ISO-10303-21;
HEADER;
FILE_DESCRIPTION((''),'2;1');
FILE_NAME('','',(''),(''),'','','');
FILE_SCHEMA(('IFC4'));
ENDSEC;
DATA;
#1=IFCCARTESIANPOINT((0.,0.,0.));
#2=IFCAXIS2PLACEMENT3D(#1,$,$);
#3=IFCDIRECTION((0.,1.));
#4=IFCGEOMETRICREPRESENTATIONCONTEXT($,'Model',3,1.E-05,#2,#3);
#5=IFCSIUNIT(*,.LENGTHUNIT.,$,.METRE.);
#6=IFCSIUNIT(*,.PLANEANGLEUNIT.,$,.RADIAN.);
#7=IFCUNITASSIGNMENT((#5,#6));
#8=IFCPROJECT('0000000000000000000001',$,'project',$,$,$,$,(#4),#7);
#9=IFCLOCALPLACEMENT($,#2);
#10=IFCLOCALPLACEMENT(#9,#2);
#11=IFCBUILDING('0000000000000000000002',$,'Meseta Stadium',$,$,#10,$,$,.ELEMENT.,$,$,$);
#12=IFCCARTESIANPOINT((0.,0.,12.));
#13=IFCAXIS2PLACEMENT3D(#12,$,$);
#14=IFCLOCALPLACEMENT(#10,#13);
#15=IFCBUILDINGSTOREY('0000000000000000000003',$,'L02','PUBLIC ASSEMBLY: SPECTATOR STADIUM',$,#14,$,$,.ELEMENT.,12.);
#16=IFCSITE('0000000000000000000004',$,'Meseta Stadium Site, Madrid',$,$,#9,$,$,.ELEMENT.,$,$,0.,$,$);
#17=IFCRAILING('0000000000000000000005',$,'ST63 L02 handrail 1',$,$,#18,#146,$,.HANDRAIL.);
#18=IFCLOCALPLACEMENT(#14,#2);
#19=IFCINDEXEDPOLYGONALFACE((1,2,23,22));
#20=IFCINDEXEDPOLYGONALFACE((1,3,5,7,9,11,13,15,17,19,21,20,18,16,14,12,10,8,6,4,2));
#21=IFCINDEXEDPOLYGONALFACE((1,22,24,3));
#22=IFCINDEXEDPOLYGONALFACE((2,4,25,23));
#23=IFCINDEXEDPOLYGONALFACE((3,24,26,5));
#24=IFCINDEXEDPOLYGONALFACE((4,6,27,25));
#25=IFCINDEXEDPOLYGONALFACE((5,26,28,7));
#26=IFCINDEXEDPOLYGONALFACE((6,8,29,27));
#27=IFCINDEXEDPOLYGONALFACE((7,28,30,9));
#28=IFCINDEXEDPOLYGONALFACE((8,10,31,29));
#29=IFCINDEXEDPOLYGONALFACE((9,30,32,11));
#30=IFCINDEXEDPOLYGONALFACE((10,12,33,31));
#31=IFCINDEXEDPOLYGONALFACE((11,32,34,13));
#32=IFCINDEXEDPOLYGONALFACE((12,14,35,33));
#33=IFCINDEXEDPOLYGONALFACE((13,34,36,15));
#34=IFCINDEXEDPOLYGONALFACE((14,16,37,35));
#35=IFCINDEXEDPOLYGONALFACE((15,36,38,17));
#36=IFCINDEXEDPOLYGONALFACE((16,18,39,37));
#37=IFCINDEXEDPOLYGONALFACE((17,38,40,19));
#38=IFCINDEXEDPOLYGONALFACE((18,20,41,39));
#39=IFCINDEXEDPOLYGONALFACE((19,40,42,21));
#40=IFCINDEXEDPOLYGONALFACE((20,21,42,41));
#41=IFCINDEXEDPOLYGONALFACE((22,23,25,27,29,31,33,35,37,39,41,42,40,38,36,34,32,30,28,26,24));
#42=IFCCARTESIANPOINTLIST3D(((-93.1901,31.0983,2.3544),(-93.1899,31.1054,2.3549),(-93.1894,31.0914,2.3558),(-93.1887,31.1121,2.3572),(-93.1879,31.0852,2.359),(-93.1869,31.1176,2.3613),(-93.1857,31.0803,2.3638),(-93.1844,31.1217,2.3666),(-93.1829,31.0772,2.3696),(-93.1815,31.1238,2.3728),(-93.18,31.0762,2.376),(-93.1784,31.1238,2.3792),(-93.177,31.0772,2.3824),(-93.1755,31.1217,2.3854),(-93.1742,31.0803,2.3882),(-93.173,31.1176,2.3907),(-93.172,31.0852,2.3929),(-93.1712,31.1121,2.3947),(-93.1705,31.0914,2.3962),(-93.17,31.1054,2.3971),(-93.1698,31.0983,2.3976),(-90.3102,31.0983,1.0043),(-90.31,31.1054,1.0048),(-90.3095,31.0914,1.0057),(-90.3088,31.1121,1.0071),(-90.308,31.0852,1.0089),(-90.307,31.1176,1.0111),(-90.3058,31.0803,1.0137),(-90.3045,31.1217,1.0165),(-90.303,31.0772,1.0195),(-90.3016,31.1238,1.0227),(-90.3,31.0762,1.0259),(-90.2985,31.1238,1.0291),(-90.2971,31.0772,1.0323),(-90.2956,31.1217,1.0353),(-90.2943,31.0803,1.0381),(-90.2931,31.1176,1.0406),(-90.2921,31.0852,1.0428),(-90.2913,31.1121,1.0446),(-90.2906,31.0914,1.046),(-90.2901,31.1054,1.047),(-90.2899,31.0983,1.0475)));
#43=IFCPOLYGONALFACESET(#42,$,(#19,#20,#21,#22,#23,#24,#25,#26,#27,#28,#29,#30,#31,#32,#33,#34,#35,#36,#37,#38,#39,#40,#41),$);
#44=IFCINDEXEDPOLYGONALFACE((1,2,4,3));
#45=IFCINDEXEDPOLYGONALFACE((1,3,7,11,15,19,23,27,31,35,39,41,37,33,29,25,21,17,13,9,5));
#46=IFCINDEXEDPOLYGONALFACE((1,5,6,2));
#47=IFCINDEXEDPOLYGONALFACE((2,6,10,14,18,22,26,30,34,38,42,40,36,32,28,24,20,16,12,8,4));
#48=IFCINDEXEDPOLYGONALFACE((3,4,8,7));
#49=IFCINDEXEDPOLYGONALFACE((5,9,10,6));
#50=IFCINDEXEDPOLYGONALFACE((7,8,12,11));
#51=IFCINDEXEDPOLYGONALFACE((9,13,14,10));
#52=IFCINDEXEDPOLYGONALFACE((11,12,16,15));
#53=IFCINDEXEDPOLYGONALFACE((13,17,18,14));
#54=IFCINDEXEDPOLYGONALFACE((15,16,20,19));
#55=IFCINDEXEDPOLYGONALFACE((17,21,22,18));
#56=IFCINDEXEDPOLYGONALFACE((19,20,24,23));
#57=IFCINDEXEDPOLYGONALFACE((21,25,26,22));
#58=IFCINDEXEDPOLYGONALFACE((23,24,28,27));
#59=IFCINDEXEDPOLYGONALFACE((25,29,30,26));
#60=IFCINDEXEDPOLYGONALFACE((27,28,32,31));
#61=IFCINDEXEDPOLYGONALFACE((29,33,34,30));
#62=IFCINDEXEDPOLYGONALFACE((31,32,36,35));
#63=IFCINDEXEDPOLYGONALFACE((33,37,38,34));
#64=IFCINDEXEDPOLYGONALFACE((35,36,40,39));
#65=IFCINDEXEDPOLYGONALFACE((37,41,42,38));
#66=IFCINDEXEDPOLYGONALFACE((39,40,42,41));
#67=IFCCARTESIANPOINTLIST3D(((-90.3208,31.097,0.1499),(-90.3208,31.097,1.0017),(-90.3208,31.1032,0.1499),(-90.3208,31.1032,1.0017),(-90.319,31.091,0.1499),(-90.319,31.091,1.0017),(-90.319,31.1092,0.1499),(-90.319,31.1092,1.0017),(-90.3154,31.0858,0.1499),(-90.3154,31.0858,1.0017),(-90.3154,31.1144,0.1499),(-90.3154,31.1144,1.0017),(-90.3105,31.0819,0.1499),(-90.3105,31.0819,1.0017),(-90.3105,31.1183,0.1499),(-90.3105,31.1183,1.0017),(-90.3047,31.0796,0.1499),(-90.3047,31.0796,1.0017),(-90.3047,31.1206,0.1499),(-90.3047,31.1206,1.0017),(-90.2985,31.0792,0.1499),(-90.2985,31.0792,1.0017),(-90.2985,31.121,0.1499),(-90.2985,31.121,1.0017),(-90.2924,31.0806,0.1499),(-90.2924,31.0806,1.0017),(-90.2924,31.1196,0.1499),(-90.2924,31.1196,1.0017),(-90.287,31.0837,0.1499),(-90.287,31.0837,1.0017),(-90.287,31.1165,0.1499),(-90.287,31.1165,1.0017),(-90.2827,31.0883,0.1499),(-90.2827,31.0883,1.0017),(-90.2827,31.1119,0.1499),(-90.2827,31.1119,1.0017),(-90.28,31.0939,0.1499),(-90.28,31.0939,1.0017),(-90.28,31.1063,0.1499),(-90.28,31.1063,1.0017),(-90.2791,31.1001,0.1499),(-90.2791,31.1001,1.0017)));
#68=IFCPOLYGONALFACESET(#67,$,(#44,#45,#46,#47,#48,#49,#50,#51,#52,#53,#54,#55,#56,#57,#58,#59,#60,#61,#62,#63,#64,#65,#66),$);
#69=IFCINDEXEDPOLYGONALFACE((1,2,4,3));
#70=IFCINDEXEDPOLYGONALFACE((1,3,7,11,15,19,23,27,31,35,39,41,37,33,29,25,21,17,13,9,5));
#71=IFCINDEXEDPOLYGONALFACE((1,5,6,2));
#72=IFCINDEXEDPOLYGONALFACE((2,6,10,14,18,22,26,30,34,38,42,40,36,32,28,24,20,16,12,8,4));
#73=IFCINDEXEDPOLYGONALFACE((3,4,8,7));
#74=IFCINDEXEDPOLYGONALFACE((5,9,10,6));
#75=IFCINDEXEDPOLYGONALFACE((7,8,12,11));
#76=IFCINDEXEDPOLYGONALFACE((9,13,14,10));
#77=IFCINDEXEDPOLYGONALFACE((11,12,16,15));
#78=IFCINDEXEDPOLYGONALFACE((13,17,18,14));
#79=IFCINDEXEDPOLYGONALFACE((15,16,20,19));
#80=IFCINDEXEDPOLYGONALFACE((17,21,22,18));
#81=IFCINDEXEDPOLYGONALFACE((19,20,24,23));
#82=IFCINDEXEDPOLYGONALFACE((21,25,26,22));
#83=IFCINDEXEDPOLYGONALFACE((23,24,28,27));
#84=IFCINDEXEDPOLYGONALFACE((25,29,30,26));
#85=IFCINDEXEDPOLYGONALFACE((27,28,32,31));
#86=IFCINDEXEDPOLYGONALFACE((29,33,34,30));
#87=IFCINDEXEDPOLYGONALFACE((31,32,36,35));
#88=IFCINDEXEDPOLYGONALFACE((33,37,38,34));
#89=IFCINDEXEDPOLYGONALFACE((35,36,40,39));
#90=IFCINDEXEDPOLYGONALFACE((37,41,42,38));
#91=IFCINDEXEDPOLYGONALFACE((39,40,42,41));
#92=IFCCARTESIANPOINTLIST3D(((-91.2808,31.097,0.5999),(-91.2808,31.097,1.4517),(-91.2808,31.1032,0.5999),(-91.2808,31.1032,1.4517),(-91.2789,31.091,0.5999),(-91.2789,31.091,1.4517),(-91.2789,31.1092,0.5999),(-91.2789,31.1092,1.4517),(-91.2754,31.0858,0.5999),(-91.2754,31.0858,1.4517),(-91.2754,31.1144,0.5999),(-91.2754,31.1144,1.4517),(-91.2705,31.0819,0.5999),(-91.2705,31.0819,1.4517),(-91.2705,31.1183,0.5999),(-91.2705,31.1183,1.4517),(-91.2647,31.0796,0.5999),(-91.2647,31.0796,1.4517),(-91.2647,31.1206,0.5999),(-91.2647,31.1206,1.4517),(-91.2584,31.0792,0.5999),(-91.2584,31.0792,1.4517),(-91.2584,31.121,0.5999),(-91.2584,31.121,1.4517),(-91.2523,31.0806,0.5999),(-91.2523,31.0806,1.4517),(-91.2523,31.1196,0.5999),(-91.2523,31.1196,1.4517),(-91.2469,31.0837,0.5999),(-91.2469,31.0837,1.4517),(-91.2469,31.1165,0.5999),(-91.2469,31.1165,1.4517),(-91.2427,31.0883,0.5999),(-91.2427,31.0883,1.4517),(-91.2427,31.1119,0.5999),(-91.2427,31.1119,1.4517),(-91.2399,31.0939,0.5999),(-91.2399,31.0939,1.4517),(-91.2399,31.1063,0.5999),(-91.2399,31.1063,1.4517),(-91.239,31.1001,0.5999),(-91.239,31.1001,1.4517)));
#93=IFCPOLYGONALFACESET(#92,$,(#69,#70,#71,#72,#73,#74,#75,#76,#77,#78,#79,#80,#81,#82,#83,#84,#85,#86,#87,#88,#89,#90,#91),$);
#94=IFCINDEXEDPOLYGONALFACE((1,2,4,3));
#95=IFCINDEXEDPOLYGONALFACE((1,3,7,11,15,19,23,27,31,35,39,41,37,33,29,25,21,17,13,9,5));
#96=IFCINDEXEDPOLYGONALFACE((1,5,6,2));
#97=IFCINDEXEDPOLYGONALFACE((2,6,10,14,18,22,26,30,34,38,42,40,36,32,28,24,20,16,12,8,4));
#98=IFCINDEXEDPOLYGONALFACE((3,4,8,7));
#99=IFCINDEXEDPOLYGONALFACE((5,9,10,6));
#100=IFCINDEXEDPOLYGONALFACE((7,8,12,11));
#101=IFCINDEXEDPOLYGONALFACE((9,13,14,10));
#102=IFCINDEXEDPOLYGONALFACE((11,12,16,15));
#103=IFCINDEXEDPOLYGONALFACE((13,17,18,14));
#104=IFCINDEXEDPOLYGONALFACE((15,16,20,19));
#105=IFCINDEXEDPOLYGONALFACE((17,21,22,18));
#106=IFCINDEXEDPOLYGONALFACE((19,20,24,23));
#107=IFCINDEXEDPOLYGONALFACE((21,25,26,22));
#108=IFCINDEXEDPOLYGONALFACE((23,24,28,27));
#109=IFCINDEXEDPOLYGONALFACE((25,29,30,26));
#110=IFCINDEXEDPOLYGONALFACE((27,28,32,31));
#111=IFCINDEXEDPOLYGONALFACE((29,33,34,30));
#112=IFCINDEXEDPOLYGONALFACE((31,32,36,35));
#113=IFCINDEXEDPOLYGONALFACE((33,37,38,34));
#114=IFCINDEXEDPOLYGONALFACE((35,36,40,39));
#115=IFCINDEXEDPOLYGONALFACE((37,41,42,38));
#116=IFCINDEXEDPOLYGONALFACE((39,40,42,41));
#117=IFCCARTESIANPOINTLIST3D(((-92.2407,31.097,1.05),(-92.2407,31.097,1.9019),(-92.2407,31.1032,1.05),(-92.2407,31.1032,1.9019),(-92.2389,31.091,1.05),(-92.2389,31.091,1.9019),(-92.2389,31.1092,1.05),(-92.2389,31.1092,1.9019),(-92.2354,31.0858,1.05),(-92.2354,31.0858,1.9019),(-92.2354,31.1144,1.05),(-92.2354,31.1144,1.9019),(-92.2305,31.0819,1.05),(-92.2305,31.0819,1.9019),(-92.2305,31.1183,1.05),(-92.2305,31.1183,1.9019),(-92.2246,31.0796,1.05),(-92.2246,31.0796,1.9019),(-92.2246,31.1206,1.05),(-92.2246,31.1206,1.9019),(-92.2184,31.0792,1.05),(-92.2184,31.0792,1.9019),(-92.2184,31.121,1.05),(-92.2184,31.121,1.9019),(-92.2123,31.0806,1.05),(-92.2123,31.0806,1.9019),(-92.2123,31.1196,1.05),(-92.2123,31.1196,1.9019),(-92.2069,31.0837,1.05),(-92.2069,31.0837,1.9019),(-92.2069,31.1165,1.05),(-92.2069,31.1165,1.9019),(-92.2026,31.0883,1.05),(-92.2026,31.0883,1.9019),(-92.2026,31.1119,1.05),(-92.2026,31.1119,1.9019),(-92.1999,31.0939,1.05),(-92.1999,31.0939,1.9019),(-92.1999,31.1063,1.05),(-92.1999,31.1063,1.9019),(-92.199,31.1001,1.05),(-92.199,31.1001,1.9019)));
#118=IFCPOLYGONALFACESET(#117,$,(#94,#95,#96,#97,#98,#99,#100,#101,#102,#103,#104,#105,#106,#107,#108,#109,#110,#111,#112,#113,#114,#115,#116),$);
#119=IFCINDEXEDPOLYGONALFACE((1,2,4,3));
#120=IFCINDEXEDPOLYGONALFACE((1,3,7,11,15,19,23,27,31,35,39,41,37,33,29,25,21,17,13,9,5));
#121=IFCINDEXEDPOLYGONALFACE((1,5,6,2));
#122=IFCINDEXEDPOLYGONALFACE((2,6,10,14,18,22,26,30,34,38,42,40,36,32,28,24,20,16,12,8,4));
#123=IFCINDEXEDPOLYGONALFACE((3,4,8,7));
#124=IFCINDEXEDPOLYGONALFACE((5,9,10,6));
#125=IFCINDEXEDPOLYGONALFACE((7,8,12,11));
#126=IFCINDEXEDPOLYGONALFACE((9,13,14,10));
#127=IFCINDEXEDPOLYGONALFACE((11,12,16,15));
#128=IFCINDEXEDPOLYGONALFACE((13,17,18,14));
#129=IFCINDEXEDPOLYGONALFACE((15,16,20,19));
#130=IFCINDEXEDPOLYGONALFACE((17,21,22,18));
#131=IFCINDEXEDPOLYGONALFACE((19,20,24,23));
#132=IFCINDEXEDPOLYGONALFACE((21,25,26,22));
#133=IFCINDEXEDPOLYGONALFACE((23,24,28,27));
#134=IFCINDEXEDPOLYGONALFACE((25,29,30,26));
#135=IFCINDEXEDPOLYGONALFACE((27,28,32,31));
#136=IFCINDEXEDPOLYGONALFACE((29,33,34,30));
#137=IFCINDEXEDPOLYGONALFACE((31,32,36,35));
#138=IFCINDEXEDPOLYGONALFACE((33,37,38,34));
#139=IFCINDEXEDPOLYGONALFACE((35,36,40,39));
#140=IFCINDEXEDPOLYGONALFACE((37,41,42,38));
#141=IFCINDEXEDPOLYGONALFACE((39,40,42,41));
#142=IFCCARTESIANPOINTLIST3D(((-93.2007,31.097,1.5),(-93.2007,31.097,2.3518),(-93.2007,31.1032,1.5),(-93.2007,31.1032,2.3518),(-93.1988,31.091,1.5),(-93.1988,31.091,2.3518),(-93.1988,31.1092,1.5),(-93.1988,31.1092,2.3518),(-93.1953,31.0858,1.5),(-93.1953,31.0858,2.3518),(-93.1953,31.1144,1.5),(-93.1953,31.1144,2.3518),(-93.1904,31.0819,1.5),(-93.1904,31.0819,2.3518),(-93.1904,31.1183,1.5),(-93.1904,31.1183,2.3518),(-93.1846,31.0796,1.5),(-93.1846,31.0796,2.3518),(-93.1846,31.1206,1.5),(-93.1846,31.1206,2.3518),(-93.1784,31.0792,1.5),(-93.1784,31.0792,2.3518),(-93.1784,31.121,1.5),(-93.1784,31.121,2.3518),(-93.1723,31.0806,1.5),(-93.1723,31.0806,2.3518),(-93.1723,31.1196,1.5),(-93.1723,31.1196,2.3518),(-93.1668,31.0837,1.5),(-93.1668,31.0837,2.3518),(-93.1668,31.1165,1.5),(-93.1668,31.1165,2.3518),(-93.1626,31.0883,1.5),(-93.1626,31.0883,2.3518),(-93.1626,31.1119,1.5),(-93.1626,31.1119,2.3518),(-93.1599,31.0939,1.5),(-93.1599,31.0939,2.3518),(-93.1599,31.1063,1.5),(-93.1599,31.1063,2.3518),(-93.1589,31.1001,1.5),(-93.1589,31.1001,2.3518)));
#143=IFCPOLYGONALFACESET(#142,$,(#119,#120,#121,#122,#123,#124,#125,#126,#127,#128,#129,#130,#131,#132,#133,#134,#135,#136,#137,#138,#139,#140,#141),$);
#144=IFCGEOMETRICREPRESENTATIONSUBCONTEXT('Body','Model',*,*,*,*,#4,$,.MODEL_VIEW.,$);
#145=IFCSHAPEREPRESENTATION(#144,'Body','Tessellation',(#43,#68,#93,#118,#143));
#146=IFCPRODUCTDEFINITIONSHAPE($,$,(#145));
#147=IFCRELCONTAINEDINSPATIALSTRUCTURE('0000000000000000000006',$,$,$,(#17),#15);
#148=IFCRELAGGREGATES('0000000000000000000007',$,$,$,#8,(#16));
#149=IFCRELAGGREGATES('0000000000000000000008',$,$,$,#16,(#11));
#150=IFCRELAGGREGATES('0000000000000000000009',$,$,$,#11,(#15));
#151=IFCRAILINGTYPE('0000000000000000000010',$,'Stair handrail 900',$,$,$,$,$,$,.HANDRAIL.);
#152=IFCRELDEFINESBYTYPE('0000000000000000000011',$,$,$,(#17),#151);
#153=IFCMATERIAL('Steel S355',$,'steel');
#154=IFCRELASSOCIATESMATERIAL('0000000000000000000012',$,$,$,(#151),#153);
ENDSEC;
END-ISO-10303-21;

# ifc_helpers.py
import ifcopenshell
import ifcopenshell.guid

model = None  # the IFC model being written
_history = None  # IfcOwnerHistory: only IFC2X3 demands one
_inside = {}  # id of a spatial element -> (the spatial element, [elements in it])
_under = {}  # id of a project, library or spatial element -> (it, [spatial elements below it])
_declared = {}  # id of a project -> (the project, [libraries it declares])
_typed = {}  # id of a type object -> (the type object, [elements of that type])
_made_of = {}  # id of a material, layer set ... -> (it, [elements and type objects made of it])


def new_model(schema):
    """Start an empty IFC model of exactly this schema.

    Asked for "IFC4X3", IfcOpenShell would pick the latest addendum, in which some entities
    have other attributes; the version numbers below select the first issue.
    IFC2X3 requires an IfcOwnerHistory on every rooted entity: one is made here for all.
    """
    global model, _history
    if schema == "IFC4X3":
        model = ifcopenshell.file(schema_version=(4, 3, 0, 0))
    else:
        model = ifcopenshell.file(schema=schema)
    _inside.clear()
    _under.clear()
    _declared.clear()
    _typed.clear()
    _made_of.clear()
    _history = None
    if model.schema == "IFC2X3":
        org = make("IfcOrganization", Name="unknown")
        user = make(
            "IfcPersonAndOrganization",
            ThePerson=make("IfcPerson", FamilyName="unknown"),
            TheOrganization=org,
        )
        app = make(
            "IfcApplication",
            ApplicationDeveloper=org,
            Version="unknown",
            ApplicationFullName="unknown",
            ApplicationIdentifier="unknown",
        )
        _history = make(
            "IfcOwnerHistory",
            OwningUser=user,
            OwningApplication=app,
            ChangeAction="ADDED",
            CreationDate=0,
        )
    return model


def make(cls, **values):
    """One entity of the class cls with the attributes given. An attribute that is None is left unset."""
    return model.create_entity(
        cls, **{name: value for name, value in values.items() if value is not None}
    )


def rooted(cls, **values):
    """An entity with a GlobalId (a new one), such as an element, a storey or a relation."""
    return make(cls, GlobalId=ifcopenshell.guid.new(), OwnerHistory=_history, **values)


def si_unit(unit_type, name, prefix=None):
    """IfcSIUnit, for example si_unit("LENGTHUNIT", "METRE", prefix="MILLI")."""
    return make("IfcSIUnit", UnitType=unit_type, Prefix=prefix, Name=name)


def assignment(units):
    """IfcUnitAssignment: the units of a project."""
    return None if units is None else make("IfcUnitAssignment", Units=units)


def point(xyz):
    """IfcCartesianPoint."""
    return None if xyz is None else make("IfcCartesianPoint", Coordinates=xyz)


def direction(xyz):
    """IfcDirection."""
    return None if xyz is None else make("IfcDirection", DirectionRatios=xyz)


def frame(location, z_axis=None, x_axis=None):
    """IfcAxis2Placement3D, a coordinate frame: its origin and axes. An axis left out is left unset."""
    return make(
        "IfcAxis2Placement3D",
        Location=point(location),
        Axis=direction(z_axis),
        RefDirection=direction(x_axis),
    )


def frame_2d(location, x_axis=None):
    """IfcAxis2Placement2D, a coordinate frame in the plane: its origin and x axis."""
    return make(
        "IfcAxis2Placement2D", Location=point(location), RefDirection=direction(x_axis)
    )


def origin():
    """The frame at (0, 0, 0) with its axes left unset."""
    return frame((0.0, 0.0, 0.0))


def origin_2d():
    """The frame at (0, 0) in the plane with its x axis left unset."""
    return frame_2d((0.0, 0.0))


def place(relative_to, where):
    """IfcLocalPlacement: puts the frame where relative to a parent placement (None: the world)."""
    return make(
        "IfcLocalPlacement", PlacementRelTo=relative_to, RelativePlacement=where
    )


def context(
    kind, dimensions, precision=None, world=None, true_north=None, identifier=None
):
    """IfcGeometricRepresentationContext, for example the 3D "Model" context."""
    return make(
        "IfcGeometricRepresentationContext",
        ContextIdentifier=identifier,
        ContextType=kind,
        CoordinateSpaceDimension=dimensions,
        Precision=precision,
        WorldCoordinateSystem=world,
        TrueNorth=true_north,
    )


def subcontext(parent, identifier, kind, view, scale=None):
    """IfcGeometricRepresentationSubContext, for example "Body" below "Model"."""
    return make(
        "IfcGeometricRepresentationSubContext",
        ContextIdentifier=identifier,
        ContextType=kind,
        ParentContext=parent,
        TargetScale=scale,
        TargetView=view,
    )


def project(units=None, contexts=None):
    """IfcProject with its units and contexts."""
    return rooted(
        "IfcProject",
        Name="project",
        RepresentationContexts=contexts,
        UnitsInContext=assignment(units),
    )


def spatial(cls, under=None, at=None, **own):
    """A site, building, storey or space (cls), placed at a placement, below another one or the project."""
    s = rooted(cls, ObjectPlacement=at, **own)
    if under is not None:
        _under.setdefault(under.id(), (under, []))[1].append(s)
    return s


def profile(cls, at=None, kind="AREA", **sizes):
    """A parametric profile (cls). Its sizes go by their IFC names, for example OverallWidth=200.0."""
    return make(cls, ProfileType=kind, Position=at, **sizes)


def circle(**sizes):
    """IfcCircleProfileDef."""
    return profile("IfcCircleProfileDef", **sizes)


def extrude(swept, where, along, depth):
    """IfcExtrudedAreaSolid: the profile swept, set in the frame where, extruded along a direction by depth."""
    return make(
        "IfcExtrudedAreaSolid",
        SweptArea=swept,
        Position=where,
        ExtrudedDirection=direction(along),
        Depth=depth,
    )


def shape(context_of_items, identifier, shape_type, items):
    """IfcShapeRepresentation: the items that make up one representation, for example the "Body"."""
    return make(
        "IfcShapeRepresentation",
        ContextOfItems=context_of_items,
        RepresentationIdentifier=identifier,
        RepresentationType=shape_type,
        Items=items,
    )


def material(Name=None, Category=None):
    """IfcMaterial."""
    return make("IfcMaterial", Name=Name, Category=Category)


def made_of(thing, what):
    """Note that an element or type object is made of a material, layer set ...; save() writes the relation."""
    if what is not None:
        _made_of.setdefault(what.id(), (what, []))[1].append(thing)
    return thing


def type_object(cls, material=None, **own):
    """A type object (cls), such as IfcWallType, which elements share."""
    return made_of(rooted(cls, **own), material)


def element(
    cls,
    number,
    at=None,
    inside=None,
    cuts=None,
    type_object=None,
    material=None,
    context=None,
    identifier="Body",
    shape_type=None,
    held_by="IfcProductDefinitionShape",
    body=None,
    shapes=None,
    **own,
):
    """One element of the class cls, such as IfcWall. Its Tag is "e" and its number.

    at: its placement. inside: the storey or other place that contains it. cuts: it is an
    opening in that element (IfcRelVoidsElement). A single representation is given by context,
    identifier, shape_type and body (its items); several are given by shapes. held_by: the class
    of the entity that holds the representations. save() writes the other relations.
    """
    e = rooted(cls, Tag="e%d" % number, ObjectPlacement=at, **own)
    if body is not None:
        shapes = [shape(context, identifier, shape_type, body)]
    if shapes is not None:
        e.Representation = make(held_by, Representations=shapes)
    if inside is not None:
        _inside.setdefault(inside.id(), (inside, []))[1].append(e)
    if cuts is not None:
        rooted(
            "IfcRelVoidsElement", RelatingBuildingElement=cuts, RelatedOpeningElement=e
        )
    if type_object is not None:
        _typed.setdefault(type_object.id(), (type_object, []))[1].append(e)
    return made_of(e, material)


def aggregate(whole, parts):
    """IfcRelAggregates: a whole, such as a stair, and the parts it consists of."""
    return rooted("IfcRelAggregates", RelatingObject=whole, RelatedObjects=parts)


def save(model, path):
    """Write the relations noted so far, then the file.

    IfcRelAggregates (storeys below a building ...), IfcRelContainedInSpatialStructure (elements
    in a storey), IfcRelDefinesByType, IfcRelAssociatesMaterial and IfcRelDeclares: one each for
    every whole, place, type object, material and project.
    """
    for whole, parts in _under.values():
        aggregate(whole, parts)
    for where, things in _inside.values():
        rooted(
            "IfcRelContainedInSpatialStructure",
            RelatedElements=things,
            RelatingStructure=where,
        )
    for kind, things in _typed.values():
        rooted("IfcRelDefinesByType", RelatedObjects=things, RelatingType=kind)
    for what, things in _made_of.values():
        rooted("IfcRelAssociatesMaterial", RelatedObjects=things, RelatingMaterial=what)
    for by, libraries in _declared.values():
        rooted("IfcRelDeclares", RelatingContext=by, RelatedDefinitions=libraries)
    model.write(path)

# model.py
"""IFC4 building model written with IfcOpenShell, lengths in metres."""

from ifc_helpers import new_model, si_unit, direction, frame, origin, origin_2d, place, context, subcontext, project, spatial, circle, extrude, material, type_object, element, save


model = new_model("IFC4")

# Units and contexts
model_context = context("Model", 3, precision=1e-05, world=origin(), true_north=direction((0.0, 1.0)))
body_context = subcontext(model_context, "Body", "Model", "MODEL_VIEW")
ifc_project = project(units=[si_unit("LENGTHUNIT", "METRE"), si_unit("PLANEANGLEUNIT", "RADIAN")], contexts=[model_context])

# Site, building, storey
site_placement = place(None, origin())
site = spatial("IfcSite", under=ifc_project, at=site_placement, Name="Meseta Stadium Site, Madrid", CompositionType="ELEMENT", RefElevation=0.0)
building_placement = place(site_placement, origin())
building = spatial("IfcBuilding", under=site, at=building_placement, Name="Meseta Stadium", CompositionType="ELEMENT")
storey_placement = place(building_placement, frame((0.0, 0.0, 12.0)))
storey = spatial("IfcBuildingStorey", under=building, at=storey_placement, Name="L02", Description="PUBLIC ASSEMBLY: SPECTATOR STADIUM", CompositionType="ELEMENT", Elevation=12.0)

# Railing
ifc_material_1 = material(Name="Steel S355", Category="steel")
railing_type_1 = type_object("IfcRailingType", Name="Stair handrail 900", PredefinedType="HANDRAIL", material=ifc_material_1)
for number, where, name in (
    (1, (-90.3, 31.1001, 0.1499), "ST63 L02 handrail 1"),
):
    element("IfcRailing", number, at=place(storey_placement, frame(where)), inside=storey, type_object=railing_type_1, Name=name, PredefinedType="HANDRAIL", context=body_context, shape_type="SweptSolid", body=[
        extrude(circle(Radius=0.0239, at=origin_2d()), frame((0.0, 0.0, 0.876), z_axis=(-0.90544, 0.0, 0.424473), x_axis=(0.0, -1.0, 0.0)), (0.0, 0.0, 1.0), 3.1807),
        extrude(circle(Radius=0.021, at=origin_2d()), origin(), (0.0, 0.0, 1.0), 0.8518),
        extrude(circle(Radius=0.021, at=origin_2d()), frame((-0.96, 0.0, 0.45)), (0.0, 0.0, 1.0), 0.8518),
        extrude(circle(Radius=0.021, at=origin_2d()), frame((-1.9199, 0.0, 0.9001)), (0.0, 0.0, 1.0), 0.8518),
        extrude(circle(Radius=0.021, at=origin_2d()), frame((-2.8799, 0.0, 1.3501)), (0.0, 0.0, 1.0), 0.8518),
    ])

save(model, "model.ifc")
